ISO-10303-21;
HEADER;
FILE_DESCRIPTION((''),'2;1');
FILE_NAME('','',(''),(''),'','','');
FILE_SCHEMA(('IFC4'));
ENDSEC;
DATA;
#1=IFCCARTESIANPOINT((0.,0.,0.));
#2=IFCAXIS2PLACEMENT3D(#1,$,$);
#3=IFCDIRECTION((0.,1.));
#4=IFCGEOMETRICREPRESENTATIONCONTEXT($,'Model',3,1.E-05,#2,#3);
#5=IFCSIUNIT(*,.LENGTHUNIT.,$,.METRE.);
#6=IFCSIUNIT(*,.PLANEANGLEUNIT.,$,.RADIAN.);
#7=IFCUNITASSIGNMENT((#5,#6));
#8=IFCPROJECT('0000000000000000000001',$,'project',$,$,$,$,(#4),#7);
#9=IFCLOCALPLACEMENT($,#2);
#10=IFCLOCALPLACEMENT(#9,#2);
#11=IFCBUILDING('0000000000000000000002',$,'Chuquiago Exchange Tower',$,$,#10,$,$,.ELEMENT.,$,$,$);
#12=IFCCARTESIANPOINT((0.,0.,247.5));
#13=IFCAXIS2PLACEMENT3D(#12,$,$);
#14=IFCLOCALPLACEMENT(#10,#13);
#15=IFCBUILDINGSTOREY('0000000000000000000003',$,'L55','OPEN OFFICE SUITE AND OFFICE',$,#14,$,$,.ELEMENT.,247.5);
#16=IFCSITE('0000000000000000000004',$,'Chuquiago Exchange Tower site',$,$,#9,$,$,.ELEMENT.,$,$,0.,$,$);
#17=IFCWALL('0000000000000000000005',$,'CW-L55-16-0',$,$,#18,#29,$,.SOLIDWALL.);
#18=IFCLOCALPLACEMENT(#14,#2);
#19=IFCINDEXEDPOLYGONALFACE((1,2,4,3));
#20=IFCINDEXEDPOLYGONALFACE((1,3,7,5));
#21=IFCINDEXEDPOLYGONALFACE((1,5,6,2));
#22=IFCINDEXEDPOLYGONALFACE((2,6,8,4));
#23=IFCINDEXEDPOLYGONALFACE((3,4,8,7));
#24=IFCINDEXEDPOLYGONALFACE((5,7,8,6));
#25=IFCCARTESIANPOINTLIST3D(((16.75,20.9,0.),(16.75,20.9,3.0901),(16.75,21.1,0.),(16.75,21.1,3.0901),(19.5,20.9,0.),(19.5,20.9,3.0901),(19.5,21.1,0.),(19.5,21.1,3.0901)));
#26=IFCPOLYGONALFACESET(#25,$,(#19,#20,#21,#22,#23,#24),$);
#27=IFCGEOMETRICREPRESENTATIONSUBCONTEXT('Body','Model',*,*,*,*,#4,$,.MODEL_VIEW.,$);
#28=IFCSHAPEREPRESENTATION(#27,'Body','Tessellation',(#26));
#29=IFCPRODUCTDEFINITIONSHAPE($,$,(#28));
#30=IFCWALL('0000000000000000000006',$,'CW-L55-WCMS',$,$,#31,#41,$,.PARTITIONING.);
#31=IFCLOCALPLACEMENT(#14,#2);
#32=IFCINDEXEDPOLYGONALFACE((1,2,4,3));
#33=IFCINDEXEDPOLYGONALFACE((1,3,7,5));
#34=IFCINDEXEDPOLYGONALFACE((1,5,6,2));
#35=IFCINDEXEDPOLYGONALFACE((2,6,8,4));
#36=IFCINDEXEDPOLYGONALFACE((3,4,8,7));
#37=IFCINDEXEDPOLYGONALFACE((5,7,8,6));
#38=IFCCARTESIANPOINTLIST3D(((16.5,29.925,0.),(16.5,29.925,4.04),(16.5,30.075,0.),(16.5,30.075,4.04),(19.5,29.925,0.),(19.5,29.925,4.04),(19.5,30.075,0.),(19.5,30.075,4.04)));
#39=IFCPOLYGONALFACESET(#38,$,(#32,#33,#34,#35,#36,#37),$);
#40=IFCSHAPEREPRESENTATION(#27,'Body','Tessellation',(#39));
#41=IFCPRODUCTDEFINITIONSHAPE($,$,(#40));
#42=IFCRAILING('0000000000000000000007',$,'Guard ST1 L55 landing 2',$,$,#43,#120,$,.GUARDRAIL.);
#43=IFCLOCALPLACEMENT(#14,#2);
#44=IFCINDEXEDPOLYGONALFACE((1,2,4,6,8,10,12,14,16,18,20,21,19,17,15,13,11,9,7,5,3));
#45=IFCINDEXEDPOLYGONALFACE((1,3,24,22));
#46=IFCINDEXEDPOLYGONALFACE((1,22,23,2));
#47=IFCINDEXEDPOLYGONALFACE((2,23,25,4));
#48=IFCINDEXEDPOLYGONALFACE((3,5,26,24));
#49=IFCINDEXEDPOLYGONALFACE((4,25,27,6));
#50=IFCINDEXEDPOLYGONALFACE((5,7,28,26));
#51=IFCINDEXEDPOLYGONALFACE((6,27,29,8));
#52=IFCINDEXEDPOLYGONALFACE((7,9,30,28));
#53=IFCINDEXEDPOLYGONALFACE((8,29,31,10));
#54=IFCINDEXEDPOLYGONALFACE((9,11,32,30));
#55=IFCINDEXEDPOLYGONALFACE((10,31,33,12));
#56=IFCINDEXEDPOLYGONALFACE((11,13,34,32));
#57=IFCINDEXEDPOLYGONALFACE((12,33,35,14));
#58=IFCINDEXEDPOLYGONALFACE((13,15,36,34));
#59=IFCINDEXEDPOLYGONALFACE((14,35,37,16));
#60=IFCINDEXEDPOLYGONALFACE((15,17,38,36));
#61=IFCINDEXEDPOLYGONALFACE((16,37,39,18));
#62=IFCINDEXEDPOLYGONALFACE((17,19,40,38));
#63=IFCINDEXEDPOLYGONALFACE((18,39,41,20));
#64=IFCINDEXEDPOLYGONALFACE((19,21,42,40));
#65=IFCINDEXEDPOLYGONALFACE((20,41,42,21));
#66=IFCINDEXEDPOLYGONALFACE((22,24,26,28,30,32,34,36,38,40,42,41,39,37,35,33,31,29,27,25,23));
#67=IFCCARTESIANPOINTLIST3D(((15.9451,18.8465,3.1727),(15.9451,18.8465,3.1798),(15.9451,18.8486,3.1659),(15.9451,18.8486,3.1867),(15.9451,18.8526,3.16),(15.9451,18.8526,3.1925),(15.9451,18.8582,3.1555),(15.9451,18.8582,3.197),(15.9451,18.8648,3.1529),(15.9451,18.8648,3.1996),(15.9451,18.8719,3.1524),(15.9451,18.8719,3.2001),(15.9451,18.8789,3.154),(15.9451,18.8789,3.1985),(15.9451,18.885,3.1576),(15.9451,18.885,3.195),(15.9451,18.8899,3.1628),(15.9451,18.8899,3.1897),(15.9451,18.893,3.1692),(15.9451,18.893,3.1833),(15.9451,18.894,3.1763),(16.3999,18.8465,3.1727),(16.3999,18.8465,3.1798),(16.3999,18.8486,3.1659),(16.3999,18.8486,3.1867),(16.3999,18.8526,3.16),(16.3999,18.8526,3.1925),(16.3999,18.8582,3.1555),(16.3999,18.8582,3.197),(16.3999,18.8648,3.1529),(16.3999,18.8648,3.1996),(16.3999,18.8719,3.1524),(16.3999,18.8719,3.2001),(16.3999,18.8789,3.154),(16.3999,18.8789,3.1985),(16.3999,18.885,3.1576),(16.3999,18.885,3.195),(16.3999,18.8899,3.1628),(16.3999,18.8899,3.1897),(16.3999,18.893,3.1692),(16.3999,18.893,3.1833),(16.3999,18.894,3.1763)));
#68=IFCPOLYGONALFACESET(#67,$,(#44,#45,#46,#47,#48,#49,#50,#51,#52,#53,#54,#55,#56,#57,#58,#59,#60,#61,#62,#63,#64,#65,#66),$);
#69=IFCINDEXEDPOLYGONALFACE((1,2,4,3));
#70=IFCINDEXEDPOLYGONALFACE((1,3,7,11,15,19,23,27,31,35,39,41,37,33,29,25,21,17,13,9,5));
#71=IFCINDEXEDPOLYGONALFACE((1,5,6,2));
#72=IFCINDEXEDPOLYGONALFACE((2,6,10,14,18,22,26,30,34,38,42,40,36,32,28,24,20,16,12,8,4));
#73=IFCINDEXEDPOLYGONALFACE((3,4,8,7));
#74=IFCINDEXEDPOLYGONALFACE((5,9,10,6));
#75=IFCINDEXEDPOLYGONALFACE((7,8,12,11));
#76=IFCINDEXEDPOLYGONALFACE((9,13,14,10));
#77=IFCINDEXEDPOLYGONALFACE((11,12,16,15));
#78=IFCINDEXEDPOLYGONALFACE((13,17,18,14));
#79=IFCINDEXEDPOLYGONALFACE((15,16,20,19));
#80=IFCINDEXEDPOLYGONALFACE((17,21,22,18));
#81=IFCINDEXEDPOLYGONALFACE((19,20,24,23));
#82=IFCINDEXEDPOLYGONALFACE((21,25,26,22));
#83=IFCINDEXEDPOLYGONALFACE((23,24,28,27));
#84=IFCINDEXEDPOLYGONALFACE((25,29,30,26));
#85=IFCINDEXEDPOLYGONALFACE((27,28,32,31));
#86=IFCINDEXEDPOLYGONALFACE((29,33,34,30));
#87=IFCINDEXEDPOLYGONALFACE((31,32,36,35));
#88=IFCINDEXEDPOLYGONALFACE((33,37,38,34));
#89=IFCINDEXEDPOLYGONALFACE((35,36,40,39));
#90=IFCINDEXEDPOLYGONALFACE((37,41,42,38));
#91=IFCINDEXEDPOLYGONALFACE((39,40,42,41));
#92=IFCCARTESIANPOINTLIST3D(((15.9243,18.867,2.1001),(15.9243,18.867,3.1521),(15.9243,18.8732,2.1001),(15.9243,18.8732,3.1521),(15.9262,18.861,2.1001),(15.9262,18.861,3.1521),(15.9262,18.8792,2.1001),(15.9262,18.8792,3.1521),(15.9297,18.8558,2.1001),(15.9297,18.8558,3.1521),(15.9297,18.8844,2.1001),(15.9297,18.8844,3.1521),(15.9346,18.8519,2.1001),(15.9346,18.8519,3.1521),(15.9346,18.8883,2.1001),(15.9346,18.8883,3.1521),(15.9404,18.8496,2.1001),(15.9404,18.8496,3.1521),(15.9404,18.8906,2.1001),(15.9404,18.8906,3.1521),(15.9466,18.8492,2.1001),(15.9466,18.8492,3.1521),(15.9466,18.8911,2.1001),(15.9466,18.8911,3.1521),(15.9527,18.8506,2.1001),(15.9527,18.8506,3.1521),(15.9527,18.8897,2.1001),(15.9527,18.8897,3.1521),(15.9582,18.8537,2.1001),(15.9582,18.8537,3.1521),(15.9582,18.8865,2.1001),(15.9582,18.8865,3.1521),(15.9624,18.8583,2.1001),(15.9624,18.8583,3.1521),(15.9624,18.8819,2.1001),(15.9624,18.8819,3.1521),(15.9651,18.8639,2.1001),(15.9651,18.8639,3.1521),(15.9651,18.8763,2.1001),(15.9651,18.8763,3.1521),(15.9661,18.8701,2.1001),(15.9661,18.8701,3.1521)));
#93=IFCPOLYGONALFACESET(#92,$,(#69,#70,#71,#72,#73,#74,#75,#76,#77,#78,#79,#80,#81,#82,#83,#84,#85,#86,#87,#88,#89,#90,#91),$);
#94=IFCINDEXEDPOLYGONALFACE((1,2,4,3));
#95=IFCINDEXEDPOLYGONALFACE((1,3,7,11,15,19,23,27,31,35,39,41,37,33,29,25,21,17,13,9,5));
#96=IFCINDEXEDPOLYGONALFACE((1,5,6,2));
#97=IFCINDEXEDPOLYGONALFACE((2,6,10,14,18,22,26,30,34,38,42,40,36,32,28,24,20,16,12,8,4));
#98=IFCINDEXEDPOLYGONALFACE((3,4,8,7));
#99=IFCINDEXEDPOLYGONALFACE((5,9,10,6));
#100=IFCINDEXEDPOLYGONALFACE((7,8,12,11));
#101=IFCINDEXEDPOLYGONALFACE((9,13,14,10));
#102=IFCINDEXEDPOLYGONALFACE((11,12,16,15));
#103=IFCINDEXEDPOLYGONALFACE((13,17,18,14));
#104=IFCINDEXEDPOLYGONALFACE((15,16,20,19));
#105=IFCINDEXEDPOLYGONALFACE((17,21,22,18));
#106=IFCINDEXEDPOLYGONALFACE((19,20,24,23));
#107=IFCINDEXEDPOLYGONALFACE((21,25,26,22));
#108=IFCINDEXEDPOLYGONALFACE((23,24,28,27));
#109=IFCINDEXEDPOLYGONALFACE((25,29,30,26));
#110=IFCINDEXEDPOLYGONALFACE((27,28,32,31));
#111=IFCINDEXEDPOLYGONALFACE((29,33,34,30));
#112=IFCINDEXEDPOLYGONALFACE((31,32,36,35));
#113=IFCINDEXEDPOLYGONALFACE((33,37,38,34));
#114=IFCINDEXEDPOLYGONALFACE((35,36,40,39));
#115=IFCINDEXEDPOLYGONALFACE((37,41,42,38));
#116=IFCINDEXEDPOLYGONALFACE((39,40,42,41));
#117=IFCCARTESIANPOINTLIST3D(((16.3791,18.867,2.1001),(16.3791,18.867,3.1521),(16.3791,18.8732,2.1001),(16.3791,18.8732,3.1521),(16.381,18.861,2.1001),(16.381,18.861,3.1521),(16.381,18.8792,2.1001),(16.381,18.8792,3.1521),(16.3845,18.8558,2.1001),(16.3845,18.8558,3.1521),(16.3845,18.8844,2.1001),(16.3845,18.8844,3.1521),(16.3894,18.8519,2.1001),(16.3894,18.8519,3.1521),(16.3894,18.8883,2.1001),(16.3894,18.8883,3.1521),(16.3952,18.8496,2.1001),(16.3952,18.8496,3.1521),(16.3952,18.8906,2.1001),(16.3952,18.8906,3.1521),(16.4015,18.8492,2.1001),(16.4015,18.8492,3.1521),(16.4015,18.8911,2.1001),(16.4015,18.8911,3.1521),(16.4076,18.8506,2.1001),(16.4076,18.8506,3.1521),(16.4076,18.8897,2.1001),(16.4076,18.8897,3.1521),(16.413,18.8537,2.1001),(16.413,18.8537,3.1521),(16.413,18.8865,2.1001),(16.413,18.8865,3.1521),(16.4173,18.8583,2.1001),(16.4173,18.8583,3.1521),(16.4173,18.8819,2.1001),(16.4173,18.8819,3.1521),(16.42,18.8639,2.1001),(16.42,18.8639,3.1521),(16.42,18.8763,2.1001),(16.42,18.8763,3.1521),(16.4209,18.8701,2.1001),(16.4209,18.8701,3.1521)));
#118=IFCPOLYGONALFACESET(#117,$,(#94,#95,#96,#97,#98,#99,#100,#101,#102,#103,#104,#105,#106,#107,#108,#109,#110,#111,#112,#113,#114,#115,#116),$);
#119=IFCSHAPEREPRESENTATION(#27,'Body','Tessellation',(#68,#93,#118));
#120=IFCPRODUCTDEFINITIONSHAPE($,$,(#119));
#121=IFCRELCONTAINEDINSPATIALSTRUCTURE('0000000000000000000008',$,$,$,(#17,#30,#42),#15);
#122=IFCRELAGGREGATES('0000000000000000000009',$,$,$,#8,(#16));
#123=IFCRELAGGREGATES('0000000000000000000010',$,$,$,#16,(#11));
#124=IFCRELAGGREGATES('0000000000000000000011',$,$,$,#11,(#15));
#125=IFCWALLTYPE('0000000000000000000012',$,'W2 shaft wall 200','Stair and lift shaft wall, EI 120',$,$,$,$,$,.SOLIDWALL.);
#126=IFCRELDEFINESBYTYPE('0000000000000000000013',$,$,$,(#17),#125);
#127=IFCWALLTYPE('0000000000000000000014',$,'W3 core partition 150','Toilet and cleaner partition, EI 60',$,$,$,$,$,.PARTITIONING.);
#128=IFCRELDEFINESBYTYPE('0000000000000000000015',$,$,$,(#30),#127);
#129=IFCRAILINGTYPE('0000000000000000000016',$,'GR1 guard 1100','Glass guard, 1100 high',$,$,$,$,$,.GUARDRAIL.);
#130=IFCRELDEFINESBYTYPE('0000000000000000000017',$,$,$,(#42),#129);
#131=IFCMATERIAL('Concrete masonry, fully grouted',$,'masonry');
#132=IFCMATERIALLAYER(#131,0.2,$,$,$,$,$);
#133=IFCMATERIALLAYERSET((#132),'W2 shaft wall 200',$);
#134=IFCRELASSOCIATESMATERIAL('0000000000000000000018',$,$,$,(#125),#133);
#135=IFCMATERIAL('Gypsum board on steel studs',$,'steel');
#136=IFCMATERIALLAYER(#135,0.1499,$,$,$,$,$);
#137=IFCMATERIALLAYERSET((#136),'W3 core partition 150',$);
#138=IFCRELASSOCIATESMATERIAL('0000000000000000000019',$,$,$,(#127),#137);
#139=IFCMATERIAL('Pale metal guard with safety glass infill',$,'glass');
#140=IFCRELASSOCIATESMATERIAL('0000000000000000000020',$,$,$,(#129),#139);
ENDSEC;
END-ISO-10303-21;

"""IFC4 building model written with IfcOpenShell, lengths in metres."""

from ifc_helpers import new_model, si_unit, direction, frame, frame_2d, origin, origin_2d, place, context, subcontext, project, spatial, rectangle, circle, extrude, material, layer, layer_set, type_object, element, save


model = new_model("IFC4")

# Units and contexts
model_context = context("Model", 3, precision=1e-05, world=origin(), true_north=direction((0.0, 1.0)))
body_context = subcontext(model_context, "Body", "Model", "MODEL_VIEW")
ifc_project = project(units=[si_unit("LENGTHUNIT", "METRE"), si_unit("PLANEANGLEUNIT", "RADIAN")], contexts=[model_context])

# Site, building, storey
site_placement = place(None, origin())
site = spatial("IfcSite", under=ifc_project, at=site_placement, Name="Chuquiago Exchange Tower site", CompositionType="ELEMENT", RefElevation=0.0)
building_placement = place(site_placement, origin())
building = spatial("IfcBuilding", under=site, at=building_placement, Name="Chuquiago Exchange Tower", CompositionType="ELEMENT")
storey_placement = place(building_placement, frame((0.0, 0.0, 247.5)))
storey = spatial("IfcBuildingStorey", under=building, at=storey_placement, Name="L55", Description="OPEN OFFICE SUITE AND OFFICE", CompositionType="ELEMENT", Elevation=247.5)

# Walls
ifc_material_1 = material(Name="Concrete masonry, fully grouted", Category="masonry")
ifc_layer_1 = layer(ifc_material_1, 0.2)
ifc_layer_set_1 = layer_set([ifc_layer_1], Name="W2 shaft wall 200")
wall_type_1 = type_object("IfcWallType", Name="W2 shaft wall 200", Description="Stair and lift shaft wall, EI 120", PredefinedType="SOLIDWALL", material=ifc_layer_set_1)
wall_1_placement = place(storey_placement, frame((16.75, 21.0, 0.0), z_axis=(0.0, 0.0, 1.0), x_axis=(1.0, 0.0, 0.0)))
element("IfcWall", 1, at=wall_1_placement, inside=storey, type_object=wall_type_1, Name="CW-L55-16-0", PredefinedType="SOLIDWALL", context=body_context, shape_type="SweptSolid", body=[
    extrude(rectangle(XDim=2.75, YDim=0.2, at=frame_2d((1.375, 0.0))), origin(), (0.0, 0.0, 1.0), 3.0901),
])
ifc_material_2 = material(Name="Gypsum board on steel studs", Category="steel")
ifc_layer_2 = layer(ifc_material_2, 0.1499)
ifc_layer_set_2 = layer_set([ifc_layer_2], Name="W3 core partition 150")
wall_type_2 = type_object("IfcWallType", Name="W3 core partition 150", Description="Toilet and cleaner partition, EI 60", PredefinedType="PARTITIONING", material=ifc_layer_set_2)
wall_2_placement = place(storey_placement, frame((16.5, 30.0, 0.0), z_axis=(0.0, 0.0, 1.0), x_axis=(1.0, 0.0, 0.0)))
element("IfcWall", 2, at=wall_2_placement, inside=storey, type_object=wall_type_2, Name="CW-L55-WCMS", PredefinedType="PARTITIONING", context=body_context, shape_type="SweptSolid", body=[
    extrude(rectangle(XDim=3.0, YDim=0.1499, at=frame_2d((1.5, 0.0))), origin(), (0.0, 0.0, 1.0), 4.04),
])

# Railing
ifc_material_3 = material(Name="Pale metal guard with safety glass infill", Category="glass")
railing_type_1 = type_object("IfcRailingType", Name="GR1 guard 1100", Description="Glass guard, 1100 high", PredefinedType="GUARDRAIL", material=ifc_material_3)
railing_placement = place(storey_placement, frame((15.9451, 18.8701, 2.1001)))
element("IfcRailing", 3, at=railing_placement, inside=storey, type_object=railing_type_1, Name="Guard ST1 L55 landing 2", PredefinedType="GUARDRAIL", context=body_context, shape_type="SweptSolid", body=[
    extrude(circle(Radius=0.0239, at=origin_2d()), frame((0.0, 0.0, 1.0762), z_axis=(1.0, 0.0, 0.0), x_axis=(0.0, 1.0, 0.0)), (0.0, 0.0, 1.0), 0.4548),
    extrude(circle(Radius=0.021, at=origin_2d()), origin(), (0.0, 0.0, 1.0), 1.052),
    extrude(circle(Radius=0.021, at=origin_2d()), frame((0.4548, 0.0, 0.0)), (0.0, 0.0, 1.0), 1.052),
])

save(model, "model.ifc")
